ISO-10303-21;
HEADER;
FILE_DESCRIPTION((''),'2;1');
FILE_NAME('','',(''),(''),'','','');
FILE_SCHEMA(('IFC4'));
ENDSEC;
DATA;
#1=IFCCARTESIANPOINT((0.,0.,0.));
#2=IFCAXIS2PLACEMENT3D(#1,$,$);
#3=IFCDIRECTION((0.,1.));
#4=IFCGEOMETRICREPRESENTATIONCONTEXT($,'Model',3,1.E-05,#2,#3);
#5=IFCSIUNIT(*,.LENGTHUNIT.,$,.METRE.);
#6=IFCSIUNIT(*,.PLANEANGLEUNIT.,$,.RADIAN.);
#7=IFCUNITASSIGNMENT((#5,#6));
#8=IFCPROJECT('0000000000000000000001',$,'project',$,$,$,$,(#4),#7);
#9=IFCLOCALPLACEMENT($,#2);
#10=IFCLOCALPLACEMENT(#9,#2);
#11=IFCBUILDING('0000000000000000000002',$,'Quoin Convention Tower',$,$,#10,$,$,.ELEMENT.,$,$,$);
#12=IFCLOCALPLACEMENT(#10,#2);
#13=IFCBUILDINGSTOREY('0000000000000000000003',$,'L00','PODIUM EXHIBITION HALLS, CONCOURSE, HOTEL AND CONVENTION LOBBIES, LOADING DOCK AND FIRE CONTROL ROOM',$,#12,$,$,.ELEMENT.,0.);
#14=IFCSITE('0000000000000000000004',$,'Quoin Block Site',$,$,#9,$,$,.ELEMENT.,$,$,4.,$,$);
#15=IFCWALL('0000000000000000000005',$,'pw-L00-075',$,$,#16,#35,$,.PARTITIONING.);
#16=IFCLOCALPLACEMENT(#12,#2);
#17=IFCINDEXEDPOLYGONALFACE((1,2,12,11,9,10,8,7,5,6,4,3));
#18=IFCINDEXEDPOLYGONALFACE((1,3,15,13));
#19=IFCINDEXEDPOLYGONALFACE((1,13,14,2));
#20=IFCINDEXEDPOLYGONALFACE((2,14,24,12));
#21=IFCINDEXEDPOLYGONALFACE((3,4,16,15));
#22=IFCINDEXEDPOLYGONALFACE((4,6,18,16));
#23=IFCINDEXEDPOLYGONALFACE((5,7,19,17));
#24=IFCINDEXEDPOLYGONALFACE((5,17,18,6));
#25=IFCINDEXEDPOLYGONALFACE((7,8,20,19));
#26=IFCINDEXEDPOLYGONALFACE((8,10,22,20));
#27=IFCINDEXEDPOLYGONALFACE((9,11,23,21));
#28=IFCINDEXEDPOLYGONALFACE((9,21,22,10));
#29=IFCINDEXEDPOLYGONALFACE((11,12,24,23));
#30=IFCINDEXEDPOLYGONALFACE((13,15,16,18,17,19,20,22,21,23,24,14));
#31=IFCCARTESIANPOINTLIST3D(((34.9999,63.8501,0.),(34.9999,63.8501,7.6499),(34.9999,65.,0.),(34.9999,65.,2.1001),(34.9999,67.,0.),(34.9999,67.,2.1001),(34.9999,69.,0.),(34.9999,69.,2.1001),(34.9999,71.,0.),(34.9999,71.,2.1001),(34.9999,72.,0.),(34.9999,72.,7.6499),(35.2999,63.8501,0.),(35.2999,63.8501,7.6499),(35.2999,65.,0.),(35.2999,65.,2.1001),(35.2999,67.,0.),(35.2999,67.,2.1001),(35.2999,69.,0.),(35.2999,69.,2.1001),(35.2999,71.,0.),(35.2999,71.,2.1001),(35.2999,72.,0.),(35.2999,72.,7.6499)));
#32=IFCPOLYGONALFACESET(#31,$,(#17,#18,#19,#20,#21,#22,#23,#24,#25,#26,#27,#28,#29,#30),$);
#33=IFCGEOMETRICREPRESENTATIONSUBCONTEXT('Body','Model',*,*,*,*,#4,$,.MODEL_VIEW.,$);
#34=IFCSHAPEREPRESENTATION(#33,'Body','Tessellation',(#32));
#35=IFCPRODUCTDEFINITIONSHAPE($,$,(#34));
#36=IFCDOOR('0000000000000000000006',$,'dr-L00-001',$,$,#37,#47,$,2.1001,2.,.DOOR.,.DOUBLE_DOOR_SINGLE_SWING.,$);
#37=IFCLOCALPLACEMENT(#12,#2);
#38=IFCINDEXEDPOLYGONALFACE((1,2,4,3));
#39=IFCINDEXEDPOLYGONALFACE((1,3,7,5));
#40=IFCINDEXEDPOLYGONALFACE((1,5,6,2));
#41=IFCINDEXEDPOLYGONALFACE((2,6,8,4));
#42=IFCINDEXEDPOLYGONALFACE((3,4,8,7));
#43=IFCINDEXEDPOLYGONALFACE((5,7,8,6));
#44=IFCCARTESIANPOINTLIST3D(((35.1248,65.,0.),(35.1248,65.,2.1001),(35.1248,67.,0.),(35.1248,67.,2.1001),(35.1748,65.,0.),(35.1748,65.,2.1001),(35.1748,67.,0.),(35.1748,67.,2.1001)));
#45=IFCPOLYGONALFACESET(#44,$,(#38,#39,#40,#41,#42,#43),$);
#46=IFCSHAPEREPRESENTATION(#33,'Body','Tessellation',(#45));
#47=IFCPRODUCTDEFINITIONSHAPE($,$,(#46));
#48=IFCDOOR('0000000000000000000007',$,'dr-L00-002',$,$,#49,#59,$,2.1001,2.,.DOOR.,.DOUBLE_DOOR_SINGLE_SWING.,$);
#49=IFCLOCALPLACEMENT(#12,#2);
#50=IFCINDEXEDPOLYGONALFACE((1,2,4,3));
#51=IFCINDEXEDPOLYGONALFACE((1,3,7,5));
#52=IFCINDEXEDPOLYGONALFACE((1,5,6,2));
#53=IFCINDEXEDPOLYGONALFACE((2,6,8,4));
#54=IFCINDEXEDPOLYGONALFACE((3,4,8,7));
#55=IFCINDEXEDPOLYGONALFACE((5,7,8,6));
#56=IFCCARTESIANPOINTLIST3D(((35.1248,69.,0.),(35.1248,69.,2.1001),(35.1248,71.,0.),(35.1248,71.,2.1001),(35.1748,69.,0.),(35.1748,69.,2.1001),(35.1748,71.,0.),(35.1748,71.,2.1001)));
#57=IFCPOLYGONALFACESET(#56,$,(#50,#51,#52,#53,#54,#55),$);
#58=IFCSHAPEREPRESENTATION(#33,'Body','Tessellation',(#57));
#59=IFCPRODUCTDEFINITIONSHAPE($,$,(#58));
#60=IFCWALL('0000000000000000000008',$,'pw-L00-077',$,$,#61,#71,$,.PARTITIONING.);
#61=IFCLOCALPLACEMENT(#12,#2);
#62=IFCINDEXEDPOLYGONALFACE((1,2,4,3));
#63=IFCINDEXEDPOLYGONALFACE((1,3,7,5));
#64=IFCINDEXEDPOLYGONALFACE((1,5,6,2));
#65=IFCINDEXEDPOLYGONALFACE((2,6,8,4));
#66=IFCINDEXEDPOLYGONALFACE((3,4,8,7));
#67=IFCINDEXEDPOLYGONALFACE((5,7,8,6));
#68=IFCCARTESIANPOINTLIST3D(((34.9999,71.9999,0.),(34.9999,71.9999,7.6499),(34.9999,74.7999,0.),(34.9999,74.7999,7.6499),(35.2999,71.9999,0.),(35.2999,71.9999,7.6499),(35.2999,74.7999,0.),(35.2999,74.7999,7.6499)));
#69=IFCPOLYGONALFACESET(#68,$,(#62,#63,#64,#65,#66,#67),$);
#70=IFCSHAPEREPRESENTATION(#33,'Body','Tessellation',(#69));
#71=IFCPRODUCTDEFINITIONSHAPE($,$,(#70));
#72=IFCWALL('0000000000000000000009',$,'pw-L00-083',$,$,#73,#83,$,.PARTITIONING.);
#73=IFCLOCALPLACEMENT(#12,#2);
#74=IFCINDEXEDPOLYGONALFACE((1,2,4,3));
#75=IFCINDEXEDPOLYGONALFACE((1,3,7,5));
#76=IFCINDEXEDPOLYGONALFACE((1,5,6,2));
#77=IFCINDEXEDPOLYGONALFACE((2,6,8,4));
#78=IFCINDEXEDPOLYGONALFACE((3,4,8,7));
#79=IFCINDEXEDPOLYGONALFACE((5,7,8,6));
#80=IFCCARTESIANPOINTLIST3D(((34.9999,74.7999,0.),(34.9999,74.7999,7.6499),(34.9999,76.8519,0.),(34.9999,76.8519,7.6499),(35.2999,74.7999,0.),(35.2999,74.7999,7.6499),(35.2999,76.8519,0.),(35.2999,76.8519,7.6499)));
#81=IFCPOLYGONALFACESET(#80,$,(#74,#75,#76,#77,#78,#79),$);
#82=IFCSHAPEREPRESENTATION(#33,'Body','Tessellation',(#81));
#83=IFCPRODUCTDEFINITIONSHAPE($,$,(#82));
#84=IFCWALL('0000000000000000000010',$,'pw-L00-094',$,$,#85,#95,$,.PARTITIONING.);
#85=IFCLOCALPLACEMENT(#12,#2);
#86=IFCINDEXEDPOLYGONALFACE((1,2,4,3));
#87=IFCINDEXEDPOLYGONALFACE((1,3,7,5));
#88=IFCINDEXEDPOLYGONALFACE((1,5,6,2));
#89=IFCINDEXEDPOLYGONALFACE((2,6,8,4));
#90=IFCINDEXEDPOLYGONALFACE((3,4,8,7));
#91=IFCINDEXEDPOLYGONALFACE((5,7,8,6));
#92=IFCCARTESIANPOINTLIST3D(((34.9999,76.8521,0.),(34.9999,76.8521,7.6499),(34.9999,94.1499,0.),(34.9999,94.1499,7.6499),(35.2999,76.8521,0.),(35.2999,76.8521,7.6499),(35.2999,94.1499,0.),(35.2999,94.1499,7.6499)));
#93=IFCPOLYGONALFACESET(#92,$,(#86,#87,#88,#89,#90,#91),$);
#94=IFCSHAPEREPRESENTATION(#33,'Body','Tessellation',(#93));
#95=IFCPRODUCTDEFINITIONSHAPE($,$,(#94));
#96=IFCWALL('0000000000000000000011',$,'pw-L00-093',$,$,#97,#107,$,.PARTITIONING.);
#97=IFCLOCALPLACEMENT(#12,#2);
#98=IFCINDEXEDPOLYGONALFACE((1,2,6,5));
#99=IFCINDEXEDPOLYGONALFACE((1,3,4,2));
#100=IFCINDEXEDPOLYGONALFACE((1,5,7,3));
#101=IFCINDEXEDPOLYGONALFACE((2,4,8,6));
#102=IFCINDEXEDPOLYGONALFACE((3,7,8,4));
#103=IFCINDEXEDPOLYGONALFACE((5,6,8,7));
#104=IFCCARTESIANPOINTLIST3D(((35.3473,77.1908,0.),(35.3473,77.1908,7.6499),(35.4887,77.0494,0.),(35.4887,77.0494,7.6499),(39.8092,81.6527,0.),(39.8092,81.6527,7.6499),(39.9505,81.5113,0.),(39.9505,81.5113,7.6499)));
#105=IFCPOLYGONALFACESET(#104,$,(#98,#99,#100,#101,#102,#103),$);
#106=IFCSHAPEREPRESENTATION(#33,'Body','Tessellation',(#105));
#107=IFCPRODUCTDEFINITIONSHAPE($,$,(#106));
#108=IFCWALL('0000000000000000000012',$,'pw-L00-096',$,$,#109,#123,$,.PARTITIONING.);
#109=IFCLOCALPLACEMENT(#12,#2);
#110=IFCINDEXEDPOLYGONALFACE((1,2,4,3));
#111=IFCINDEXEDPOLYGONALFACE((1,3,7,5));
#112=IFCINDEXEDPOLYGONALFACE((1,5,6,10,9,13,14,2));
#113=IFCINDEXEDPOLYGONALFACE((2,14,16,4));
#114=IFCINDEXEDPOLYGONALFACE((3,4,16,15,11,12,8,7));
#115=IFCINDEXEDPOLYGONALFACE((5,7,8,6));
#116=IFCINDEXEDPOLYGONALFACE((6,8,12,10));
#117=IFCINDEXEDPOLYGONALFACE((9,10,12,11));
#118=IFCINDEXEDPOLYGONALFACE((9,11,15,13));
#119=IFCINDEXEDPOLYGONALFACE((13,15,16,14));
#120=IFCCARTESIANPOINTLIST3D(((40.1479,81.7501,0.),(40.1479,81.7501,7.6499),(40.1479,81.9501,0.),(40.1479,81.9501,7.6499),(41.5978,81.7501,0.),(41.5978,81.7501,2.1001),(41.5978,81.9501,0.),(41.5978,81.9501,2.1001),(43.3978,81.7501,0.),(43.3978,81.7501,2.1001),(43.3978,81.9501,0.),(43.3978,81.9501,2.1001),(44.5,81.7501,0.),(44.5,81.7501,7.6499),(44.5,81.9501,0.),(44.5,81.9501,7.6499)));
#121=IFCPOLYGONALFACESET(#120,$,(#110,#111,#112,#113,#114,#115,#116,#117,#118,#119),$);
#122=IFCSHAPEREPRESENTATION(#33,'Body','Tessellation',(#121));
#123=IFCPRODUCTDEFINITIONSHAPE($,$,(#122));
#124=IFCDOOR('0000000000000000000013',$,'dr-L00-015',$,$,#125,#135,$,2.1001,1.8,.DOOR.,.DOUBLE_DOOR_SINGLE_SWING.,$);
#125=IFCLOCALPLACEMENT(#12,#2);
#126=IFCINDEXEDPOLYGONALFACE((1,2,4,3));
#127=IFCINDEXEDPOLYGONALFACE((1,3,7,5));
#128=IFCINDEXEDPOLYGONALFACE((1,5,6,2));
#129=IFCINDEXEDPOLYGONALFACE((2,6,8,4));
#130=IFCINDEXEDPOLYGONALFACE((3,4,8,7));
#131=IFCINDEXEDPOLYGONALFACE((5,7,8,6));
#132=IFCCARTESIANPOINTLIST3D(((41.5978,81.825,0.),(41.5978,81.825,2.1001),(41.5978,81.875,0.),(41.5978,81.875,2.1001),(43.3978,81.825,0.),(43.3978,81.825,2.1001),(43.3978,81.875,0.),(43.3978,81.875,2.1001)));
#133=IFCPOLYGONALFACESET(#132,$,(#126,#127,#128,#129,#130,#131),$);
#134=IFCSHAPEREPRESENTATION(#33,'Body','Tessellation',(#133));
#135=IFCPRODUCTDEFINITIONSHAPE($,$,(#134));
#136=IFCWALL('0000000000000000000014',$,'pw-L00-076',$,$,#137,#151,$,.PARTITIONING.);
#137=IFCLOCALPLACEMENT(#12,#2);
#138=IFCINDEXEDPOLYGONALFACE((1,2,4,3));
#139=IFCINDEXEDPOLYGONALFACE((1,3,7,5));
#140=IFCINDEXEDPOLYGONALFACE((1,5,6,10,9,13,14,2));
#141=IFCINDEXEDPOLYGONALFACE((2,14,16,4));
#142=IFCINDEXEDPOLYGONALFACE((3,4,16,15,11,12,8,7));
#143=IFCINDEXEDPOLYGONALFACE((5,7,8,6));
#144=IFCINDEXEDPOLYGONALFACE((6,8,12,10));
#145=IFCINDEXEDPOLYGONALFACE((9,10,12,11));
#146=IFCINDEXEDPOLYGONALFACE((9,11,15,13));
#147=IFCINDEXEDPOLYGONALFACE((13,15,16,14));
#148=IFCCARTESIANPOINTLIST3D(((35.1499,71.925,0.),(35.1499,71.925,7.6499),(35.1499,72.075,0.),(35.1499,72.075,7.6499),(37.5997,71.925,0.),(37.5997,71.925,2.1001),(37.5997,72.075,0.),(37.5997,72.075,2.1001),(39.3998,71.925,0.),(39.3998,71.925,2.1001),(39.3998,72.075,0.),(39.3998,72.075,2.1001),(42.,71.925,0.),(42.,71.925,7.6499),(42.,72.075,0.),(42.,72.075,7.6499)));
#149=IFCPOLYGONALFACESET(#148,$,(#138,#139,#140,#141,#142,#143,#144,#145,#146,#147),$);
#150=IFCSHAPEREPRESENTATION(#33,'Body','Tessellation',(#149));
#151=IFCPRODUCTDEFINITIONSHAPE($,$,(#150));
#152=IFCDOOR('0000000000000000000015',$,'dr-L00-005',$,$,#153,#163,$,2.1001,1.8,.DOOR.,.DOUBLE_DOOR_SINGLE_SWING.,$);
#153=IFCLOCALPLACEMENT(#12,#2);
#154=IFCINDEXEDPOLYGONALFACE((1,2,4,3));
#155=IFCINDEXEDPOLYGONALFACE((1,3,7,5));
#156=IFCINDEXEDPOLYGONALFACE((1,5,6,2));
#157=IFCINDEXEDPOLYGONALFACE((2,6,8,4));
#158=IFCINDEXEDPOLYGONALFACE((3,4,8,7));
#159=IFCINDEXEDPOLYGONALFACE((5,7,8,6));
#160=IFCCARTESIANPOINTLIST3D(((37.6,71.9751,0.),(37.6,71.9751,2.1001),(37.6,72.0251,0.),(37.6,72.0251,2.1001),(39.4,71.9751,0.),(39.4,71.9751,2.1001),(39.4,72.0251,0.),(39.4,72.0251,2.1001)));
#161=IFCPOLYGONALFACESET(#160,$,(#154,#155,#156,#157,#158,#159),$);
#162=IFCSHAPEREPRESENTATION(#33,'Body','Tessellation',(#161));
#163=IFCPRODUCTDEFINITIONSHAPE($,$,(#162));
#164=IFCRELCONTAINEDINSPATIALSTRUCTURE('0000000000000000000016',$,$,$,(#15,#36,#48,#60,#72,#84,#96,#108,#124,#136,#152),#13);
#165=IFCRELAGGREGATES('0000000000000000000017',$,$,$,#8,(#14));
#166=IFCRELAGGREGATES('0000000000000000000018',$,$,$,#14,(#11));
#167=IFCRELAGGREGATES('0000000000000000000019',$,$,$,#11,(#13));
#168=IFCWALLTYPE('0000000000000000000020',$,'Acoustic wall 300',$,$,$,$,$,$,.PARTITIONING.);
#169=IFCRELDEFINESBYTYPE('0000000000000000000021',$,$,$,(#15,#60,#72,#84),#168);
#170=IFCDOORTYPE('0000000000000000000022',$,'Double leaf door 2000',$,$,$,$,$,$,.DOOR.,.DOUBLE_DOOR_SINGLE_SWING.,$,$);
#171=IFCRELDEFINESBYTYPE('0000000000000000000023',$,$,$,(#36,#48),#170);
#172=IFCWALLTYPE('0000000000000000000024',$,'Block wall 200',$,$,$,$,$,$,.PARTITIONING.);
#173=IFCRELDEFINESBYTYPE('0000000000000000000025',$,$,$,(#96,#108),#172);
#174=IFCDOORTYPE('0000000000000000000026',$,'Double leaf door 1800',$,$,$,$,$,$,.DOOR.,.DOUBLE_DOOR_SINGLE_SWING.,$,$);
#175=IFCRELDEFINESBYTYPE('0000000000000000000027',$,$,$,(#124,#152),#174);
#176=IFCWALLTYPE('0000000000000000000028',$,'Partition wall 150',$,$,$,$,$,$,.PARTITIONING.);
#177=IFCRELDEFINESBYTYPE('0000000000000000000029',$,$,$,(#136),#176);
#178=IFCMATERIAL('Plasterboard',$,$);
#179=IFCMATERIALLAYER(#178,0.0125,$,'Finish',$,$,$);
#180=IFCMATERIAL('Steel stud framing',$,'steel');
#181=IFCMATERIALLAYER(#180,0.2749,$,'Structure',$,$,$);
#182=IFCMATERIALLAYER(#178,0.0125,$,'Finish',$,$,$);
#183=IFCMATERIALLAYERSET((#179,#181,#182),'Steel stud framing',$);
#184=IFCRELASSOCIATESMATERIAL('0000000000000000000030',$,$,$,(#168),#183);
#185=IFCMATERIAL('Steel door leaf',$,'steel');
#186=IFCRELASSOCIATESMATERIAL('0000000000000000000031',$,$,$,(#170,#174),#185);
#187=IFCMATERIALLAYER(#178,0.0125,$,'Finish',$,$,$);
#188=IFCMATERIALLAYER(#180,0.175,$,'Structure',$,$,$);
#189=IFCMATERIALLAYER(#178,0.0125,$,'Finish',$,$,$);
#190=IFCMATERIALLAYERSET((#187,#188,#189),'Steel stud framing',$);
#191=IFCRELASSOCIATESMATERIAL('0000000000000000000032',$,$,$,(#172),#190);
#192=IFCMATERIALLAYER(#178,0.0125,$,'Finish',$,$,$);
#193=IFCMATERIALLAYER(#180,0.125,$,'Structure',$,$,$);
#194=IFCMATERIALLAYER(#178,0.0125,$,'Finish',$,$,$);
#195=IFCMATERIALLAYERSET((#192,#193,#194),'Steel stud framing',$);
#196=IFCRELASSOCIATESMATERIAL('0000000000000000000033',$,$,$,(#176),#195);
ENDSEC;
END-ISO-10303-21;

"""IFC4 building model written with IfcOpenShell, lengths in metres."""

from ifc_helpers import new_model, si_unit, direction, frame, frame_2d, origin, place, context, subcontext, project, spatial, rectangle, extrude, material, layer, layer_set, type_object, element, fill, save


model = new_model("IFC4")

# Units and contexts
model_context = context("Model", 3, precision=1e-05, world=origin(), true_north=direction((0.0, 1.0)))
body_context = subcontext(model_context, "Body", "Model", "MODEL_VIEW")
ifc_project = project(units=[si_unit("LENGTHUNIT", "METRE"), si_unit("PLANEANGLEUNIT", "RADIAN")], contexts=[model_context])

# Site, building, storey
site_placement = place(None, origin())
site = spatial("IfcSite", under=ifc_project, at=site_placement, Name="Quoin Block Site", CompositionType="ELEMENT", RefElevation=4.0)
building_placement = place(site_placement, origin())
building = spatial("IfcBuilding", under=site, at=building_placement, Name="Quoin Convention Tower", CompositionType="ELEMENT")
storey_placement = place(building_placement, origin())
storey = spatial("IfcBuildingStorey", under=building, at=storey_placement, Name="L00", Description="PODIUM EXHIBITION HALLS, CONCOURSE, HOTEL AND CONVENTION LOBBIES, LOADING DOCK AND FIRE CONTROL ROOM", CompositionType="ELEMENT", Elevation=0.0)

# Wall, openings, doors
ifc_material_1 = material(Name="Plasterboard")
ifc_layer_1 = layer(ifc_material_1, 0.0125, Name="Finish")
ifc_material_2 = material(Name="Steel stud framing", Category="steel")
ifc_layer_2 = layer(ifc_material_2, 0.2749, Name="Structure")
ifc_layer_3 = layer(ifc_material_1, 0.0125, Name="Finish")
ifc_layer_set_1 = layer_set([ifc_layer_1, ifc_layer_2, ifc_layer_3], Name="Steel stud framing")
wall_type_1 = type_object("IfcWallType", Name="Acoustic wall 300", PredefinedType="PARTITIONING", material=ifc_layer_set_1)
wall_1_placement = place(storey_placement, frame((35.1499, 63.8501, 0.0), z_axis=(0.0, 0.0, 1.0), x_axis=(0.0, 1.0, 0.0)))
wall_1 = element("IfcWall", 1, at=wall_1_placement, inside=storey, type_object=wall_type_1, Name="pw-L00-075", PredefinedType="PARTITIONING", context=body_context, shape_type="SweptSolid", body=[
    extrude(rectangle(XDim=8.1499, YDim=0.3, at=frame_2d((4.075, 0.0))), origin(), (0.0, 0.0, 1.0), 7.6499),
])
opening_1_placement = place(wall_1_placement, frame((1.1499, 0.0, 0.0)))
opening_1 = element("IfcOpeningElement", 2, at=opening_1_placement, cuts=wall_1, PredefinedType="OPENING", context=body_context, shape_type="SweptSolid", body=[
    extrude(rectangle(XDim=2.0, YDim=2.1001, at=frame_2d((1.0, 1.05))), frame((0.0, 0.1599, 0.0), z_axis=(0.0, -1.0, 0.0), x_axis=(1.0, 0.0, 0.0)), (0.0, 0.0, 1.0), 0.3201),
])
opening_2_placement = place(wall_1_placement, frame((5.1499, 0.0, 0.0)))
opening_2 = element("IfcOpeningElement", 3, at=opening_2_placement, cuts=wall_1, PredefinedType="OPENING", context=body_context, shape_type="SweptSolid", body=[
    extrude(rectangle(XDim=2.0, YDim=2.1001, at=frame_2d((1.0, 1.05))), frame((0.0, 0.1599, 0.0), z_axis=(0.0, -1.0, 0.0), x_axis=(1.0, 0.0, 0.0)), (0.0, 0.0, 1.0), 0.3201),
])
ifc_material_3 = material(Name="Steel door leaf", Category="steel")
door_type_1 = type_object("IfcDoorType", Name="Double leaf door 2000", OperationType="DOUBLE_DOOR_SINGLE_SWING", PredefinedType="DOOR", material=ifc_material_3)
door_1_placement = place(opening_1_placement, frame((2.0, 0.0, 0.0), z_axis=(0.0, 0.0, 1.0), x_axis=(-1.0, 0.0, 0.0)))
door_1 = element("IfcDoor", 4, at=door_1_placement, inside=storey, type_object=door_type_1, Name="dr-L00-001", OperationType="DOUBLE_DOOR_SINGLE_SWING", OverallHeight=2.1001, OverallWidth=2.0, PredefinedType="DOOR", context=body_context, shape_type="SweptSolid", body=[
    extrude(rectangle(XDim=2.0, YDim=2.1001, at=frame_2d((1.0, 1.05))), frame((0.0, 0.0249, 0.0), z_axis=(0.0, -1.0, 0.0), x_axis=(1.0, 0.0, 0.0)), (0.0, 0.0, 1.0), 0.05),
])
fill(opening_1, door_1)
door_2_placement = place(opening_2_placement, frame((2.0, 0.0, 0.0), z_axis=(0.0, 0.0, 1.0), x_axis=(-1.0, 0.0, 0.0)))
door_2 = element("IfcDoor", 5, at=door_2_placement, inside=storey, type_object=door_type_1, Name="dr-L00-002", OperationType="DOUBLE_DOOR_SINGLE_SWING", OverallHeight=2.1001, OverallWidth=2.0, PredefinedType="DOOR", context=body_context, shape_type="SweptSolid", body=[
    extrude(rectangle(XDim=2.0, YDim=2.1001, at=frame_2d((1.0, 1.05))), frame((0.0, 0.0249, 0.0), z_axis=(0.0, -1.0, 0.0), x_axis=(1.0, 0.0, 0.0)), (0.0, 0.0, 1.0), 0.05),
])
fill(opening_2, door_2)

# Walls
wall_2_placement = place(storey_placement, frame((35.1499, 72.0, 0.0), z_axis=(0.0, 0.0, 1.0), x_axis=(0.0, 1.0, 0.0)))
element("IfcWall", 6, at=wall_2_placement, inside=storey, type_object=wall_type_1, Name="pw-L00-077", PredefinedType="PARTITIONING", context=body_context, shape_type="SweptSolid", body=[
    extrude(rectangle(XDim=2.8, YDim=0.3, at=frame_2d((1.3999, 0.0))), origin(), (0.0, 0.0, 1.0), 7.6499),
])
wall_3_placement = place(storey_placement, frame((35.1499, 74.8, 0.0), z_axis=(0.0, 0.0, 1.0), x_axis=(0.0, 1.0, 0.0)))
element("IfcWall", 7, at=wall_3_placement, inside=storey, type_object=wall_type_1, Name="pw-L00-083", PredefinedType="PARTITIONING", context=body_context, shape_type="SweptSolid", body=[
    extrude(rectangle(XDim=2.052, YDim=0.3, at=frame_2d((1.0259, 0.0))), origin(), (0.0, 0.0, 1.0), 7.6499),
])
wall_4_placement = place(storey_placement, frame((35.1499, 76.8521, 0.0), z_axis=(0.0, 0.0, 1.0), x_axis=(0.0, 1.0, 0.0)))
element("IfcWall", 8, at=wall_4_placement, inside=storey, type_object=wall_type_1, Name="pw-L00-094", PredefinedType="PARTITIONING", context=body_context, shape_type="SweptSolid", body=[
    extrude(rectangle(XDim=17.2979, YDim=0.3, at=frame_2d((8.6489, 0.0))), origin(), (0.0, 0.0, 1.0), 7.6499),
])
ifc_layer_4 = layer(ifc_material_1, 0.0125, Name="Finish")
ifc_layer_5 = layer(ifc_material_2, 0.175, Name="Structure")
ifc_layer_6 = layer(ifc_material_1, 0.0125, Name="Finish")
ifc_layer_set_2 = layer_set([ifc_layer_4, ifc_layer_5, ifc_layer_6], Name="Steel stud framing")
wall_type_2 = type_object("IfcWallType", Name="Block wall 200", PredefinedType="PARTITIONING", material=ifc_layer_set_2)
wall_5_placement = place(storey_placement, frame((35.418, 77.1201, 0.0), z_axis=(0.0, 0.0, 1.0), x_axis=(0.707107, 0.707107, 0.0)))
element("IfcWall", 9, at=wall_5_placement, inside=storey, type_object=wall_type_2, Name="pw-L00-093", PredefinedType="PARTITIONING", context=body_context, shape_type="SweptSolid", body=[
    extrude(rectangle(XDim=6.3101, YDim=0.2, at=frame_2d((3.155, 0.0))), origin(), (0.0, 0.0, 1.0), 7.6499),
])

# Walls, openings, doors
wall_6_placement = place(storey_placement, frame((40.1479, 81.8501, 0.0), z_axis=(0.0, 0.0, 1.0), x_axis=(1.0, 0.0, 0.0)))
wall_6 = element("IfcWall", 10, at=wall_6_placement, inside=storey, type_object=wall_type_2, Name="pw-L00-096", PredefinedType="PARTITIONING", context=body_context, shape_type="SweptSolid", body=[
    extrude(rectangle(XDim=4.3521, YDim=0.2, at=frame_2d((2.176, 0.0))), origin(), (0.0, 0.0, 1.0), 7.6499),
])
opening_3_placement = place(wall_6_placement, frame((1.45, 0.0, 0.0)))
opening_3 = element("IfcOpeningElement", 11, at=opening_3_placement, cuts=wall_6, PredefinedType="OPENING", context=body_context, shape_type="SweptSolid", body=[
    extrude(rectangle(XDim=1.8, YDim=2.1001, at=frame_2d((0.8999, 1.05))), frame((0.0, 0.1099, 0.0), z_axis=(0.0, -1.0, 0.0), x_axis=(1.0, 0.0, 0.0)), (0.0, 0.0, 1.0), 0.22),
])
door_type_2 = type_object("IfcDoorType", Name="Double leaf door 1800", OperationType="DOUBLE_DOOR_SINGLE_SWING", PredefinedType="DOOR", material=ifc_material_3)
door_3_placement = place(opening_3_placement, origin())
door_3 = element("IfcDoor", 12, at=door_3_placement, inside=storey, type_object=door_type_2, Name="dr-L00-015", OperationType="DOUBLE_DOOR_SINGLE_SWING", OverallHeight=2.1001, OverallWidth=1.8, PredefinedType="DOOR", context=body_context, shape_type="SweptSolid", body=[
    extrude(rectangle(XDim=1.8, YDim=2.1001, at=frame_2d((0.8999, 1.05))), frame((0.0, 0.0249, 0.0), z_axis=(0.0, -1.0, 0.0), x_axis=(1.0, 0.0, 0.0)), (0.0, 0.0, 1.0), 0.05),
])
fill(opening_3, door_3)
ifc_layer_7 = layer(ifc_material_1, 0.0125, Name="Finish")
ifc_layer_8 = layer(ifc_material_2, 0.125, Name="Structure")
ifc_layer_9 = layer(ifc_material_1, 0.0125, Name="Finish")
ifc_layer_set_3 = layer_set([ifc_layer_7, ifc_layer_8, ifc_layer_9], Name="Steel stud framing")
wall_type_3 = type_object("IfcWallType", Name="Partition wall 150", PredefinedType="PARTITIONING", material=ifc_layer_set_3)
wall_7_placement = place(storey_placement, frame((35.1499, 72.0, 0.0), z_axis=(0.0, 0.0, 1.0), x_axis=(1.0, 0.0, 0.0)))
wall_7 = element("IfcWall", 13, at=wall_7_placement, inside=storey, type_object=wall_type_3, Name="pw-L00-076", PredefinedType="PARTITIONING", context=body_context, shape_type="SweptSolid", body=[
    extrude(rectangle(XDim=6.8501, YDim=0.1499, at=frame_2d((3.425, 0.0))), origin(), (0.0, 0.0, 1.0), 7.6499),
])
opening_4_placement = place(wall_7_placement, frame((2.45, 0.0, 0.0)))
opening_4 = element("IfcOpeningElement", 14, at=opening_4_placement, cuts=wall_7, PredefinedType="OPENING", context=body_context, shape_type="SweptSolid", body=[
    extrude(rectangle(XDim=1.8, YDim=2.1001, at=frame_2d((0.8999, 1.05))), frame((0.0, 0.085, 0.0), z_axis=(0.0, -1.0, 0.0), x_axis=(1.0, 0.0, 0.0)), (0.0, 0.0, 1.0), 0.1699),
])
door_4_placement = place(opening_4_placement, frame((1.8, 0.0, 0.0), z_axis=(0.0, 0.0, 1.0), x_axis=(-1.0, 0.0, 0.0)))
door_4 = element("IfcDoor", 15, at=door_4_placement, inside=storey, type_object=door_type_2, Name="dr-L00-005", OperationType="DOUBLE_DOOR_SINGLE_SWING", OverallHeight=2.1001, OverallWidth=1.8, PredefinedType="DOOR", context=body_context, shape_type="SweptSolid", body=[
    extrude(rectangle(XDim=1.8, YDim=2.1001, at=frame_2d((0.8999, 1.05))), frame((0.0, 0.0249, 0.0), z_axis=(0.0, -1.0, 0.0), x_axis=(1.0, 0.0, 0.0)), (0.0, 0.0, 1.0), 0.05),
])
fill(opening_4, door_4)

save(model, "model.ifc")
